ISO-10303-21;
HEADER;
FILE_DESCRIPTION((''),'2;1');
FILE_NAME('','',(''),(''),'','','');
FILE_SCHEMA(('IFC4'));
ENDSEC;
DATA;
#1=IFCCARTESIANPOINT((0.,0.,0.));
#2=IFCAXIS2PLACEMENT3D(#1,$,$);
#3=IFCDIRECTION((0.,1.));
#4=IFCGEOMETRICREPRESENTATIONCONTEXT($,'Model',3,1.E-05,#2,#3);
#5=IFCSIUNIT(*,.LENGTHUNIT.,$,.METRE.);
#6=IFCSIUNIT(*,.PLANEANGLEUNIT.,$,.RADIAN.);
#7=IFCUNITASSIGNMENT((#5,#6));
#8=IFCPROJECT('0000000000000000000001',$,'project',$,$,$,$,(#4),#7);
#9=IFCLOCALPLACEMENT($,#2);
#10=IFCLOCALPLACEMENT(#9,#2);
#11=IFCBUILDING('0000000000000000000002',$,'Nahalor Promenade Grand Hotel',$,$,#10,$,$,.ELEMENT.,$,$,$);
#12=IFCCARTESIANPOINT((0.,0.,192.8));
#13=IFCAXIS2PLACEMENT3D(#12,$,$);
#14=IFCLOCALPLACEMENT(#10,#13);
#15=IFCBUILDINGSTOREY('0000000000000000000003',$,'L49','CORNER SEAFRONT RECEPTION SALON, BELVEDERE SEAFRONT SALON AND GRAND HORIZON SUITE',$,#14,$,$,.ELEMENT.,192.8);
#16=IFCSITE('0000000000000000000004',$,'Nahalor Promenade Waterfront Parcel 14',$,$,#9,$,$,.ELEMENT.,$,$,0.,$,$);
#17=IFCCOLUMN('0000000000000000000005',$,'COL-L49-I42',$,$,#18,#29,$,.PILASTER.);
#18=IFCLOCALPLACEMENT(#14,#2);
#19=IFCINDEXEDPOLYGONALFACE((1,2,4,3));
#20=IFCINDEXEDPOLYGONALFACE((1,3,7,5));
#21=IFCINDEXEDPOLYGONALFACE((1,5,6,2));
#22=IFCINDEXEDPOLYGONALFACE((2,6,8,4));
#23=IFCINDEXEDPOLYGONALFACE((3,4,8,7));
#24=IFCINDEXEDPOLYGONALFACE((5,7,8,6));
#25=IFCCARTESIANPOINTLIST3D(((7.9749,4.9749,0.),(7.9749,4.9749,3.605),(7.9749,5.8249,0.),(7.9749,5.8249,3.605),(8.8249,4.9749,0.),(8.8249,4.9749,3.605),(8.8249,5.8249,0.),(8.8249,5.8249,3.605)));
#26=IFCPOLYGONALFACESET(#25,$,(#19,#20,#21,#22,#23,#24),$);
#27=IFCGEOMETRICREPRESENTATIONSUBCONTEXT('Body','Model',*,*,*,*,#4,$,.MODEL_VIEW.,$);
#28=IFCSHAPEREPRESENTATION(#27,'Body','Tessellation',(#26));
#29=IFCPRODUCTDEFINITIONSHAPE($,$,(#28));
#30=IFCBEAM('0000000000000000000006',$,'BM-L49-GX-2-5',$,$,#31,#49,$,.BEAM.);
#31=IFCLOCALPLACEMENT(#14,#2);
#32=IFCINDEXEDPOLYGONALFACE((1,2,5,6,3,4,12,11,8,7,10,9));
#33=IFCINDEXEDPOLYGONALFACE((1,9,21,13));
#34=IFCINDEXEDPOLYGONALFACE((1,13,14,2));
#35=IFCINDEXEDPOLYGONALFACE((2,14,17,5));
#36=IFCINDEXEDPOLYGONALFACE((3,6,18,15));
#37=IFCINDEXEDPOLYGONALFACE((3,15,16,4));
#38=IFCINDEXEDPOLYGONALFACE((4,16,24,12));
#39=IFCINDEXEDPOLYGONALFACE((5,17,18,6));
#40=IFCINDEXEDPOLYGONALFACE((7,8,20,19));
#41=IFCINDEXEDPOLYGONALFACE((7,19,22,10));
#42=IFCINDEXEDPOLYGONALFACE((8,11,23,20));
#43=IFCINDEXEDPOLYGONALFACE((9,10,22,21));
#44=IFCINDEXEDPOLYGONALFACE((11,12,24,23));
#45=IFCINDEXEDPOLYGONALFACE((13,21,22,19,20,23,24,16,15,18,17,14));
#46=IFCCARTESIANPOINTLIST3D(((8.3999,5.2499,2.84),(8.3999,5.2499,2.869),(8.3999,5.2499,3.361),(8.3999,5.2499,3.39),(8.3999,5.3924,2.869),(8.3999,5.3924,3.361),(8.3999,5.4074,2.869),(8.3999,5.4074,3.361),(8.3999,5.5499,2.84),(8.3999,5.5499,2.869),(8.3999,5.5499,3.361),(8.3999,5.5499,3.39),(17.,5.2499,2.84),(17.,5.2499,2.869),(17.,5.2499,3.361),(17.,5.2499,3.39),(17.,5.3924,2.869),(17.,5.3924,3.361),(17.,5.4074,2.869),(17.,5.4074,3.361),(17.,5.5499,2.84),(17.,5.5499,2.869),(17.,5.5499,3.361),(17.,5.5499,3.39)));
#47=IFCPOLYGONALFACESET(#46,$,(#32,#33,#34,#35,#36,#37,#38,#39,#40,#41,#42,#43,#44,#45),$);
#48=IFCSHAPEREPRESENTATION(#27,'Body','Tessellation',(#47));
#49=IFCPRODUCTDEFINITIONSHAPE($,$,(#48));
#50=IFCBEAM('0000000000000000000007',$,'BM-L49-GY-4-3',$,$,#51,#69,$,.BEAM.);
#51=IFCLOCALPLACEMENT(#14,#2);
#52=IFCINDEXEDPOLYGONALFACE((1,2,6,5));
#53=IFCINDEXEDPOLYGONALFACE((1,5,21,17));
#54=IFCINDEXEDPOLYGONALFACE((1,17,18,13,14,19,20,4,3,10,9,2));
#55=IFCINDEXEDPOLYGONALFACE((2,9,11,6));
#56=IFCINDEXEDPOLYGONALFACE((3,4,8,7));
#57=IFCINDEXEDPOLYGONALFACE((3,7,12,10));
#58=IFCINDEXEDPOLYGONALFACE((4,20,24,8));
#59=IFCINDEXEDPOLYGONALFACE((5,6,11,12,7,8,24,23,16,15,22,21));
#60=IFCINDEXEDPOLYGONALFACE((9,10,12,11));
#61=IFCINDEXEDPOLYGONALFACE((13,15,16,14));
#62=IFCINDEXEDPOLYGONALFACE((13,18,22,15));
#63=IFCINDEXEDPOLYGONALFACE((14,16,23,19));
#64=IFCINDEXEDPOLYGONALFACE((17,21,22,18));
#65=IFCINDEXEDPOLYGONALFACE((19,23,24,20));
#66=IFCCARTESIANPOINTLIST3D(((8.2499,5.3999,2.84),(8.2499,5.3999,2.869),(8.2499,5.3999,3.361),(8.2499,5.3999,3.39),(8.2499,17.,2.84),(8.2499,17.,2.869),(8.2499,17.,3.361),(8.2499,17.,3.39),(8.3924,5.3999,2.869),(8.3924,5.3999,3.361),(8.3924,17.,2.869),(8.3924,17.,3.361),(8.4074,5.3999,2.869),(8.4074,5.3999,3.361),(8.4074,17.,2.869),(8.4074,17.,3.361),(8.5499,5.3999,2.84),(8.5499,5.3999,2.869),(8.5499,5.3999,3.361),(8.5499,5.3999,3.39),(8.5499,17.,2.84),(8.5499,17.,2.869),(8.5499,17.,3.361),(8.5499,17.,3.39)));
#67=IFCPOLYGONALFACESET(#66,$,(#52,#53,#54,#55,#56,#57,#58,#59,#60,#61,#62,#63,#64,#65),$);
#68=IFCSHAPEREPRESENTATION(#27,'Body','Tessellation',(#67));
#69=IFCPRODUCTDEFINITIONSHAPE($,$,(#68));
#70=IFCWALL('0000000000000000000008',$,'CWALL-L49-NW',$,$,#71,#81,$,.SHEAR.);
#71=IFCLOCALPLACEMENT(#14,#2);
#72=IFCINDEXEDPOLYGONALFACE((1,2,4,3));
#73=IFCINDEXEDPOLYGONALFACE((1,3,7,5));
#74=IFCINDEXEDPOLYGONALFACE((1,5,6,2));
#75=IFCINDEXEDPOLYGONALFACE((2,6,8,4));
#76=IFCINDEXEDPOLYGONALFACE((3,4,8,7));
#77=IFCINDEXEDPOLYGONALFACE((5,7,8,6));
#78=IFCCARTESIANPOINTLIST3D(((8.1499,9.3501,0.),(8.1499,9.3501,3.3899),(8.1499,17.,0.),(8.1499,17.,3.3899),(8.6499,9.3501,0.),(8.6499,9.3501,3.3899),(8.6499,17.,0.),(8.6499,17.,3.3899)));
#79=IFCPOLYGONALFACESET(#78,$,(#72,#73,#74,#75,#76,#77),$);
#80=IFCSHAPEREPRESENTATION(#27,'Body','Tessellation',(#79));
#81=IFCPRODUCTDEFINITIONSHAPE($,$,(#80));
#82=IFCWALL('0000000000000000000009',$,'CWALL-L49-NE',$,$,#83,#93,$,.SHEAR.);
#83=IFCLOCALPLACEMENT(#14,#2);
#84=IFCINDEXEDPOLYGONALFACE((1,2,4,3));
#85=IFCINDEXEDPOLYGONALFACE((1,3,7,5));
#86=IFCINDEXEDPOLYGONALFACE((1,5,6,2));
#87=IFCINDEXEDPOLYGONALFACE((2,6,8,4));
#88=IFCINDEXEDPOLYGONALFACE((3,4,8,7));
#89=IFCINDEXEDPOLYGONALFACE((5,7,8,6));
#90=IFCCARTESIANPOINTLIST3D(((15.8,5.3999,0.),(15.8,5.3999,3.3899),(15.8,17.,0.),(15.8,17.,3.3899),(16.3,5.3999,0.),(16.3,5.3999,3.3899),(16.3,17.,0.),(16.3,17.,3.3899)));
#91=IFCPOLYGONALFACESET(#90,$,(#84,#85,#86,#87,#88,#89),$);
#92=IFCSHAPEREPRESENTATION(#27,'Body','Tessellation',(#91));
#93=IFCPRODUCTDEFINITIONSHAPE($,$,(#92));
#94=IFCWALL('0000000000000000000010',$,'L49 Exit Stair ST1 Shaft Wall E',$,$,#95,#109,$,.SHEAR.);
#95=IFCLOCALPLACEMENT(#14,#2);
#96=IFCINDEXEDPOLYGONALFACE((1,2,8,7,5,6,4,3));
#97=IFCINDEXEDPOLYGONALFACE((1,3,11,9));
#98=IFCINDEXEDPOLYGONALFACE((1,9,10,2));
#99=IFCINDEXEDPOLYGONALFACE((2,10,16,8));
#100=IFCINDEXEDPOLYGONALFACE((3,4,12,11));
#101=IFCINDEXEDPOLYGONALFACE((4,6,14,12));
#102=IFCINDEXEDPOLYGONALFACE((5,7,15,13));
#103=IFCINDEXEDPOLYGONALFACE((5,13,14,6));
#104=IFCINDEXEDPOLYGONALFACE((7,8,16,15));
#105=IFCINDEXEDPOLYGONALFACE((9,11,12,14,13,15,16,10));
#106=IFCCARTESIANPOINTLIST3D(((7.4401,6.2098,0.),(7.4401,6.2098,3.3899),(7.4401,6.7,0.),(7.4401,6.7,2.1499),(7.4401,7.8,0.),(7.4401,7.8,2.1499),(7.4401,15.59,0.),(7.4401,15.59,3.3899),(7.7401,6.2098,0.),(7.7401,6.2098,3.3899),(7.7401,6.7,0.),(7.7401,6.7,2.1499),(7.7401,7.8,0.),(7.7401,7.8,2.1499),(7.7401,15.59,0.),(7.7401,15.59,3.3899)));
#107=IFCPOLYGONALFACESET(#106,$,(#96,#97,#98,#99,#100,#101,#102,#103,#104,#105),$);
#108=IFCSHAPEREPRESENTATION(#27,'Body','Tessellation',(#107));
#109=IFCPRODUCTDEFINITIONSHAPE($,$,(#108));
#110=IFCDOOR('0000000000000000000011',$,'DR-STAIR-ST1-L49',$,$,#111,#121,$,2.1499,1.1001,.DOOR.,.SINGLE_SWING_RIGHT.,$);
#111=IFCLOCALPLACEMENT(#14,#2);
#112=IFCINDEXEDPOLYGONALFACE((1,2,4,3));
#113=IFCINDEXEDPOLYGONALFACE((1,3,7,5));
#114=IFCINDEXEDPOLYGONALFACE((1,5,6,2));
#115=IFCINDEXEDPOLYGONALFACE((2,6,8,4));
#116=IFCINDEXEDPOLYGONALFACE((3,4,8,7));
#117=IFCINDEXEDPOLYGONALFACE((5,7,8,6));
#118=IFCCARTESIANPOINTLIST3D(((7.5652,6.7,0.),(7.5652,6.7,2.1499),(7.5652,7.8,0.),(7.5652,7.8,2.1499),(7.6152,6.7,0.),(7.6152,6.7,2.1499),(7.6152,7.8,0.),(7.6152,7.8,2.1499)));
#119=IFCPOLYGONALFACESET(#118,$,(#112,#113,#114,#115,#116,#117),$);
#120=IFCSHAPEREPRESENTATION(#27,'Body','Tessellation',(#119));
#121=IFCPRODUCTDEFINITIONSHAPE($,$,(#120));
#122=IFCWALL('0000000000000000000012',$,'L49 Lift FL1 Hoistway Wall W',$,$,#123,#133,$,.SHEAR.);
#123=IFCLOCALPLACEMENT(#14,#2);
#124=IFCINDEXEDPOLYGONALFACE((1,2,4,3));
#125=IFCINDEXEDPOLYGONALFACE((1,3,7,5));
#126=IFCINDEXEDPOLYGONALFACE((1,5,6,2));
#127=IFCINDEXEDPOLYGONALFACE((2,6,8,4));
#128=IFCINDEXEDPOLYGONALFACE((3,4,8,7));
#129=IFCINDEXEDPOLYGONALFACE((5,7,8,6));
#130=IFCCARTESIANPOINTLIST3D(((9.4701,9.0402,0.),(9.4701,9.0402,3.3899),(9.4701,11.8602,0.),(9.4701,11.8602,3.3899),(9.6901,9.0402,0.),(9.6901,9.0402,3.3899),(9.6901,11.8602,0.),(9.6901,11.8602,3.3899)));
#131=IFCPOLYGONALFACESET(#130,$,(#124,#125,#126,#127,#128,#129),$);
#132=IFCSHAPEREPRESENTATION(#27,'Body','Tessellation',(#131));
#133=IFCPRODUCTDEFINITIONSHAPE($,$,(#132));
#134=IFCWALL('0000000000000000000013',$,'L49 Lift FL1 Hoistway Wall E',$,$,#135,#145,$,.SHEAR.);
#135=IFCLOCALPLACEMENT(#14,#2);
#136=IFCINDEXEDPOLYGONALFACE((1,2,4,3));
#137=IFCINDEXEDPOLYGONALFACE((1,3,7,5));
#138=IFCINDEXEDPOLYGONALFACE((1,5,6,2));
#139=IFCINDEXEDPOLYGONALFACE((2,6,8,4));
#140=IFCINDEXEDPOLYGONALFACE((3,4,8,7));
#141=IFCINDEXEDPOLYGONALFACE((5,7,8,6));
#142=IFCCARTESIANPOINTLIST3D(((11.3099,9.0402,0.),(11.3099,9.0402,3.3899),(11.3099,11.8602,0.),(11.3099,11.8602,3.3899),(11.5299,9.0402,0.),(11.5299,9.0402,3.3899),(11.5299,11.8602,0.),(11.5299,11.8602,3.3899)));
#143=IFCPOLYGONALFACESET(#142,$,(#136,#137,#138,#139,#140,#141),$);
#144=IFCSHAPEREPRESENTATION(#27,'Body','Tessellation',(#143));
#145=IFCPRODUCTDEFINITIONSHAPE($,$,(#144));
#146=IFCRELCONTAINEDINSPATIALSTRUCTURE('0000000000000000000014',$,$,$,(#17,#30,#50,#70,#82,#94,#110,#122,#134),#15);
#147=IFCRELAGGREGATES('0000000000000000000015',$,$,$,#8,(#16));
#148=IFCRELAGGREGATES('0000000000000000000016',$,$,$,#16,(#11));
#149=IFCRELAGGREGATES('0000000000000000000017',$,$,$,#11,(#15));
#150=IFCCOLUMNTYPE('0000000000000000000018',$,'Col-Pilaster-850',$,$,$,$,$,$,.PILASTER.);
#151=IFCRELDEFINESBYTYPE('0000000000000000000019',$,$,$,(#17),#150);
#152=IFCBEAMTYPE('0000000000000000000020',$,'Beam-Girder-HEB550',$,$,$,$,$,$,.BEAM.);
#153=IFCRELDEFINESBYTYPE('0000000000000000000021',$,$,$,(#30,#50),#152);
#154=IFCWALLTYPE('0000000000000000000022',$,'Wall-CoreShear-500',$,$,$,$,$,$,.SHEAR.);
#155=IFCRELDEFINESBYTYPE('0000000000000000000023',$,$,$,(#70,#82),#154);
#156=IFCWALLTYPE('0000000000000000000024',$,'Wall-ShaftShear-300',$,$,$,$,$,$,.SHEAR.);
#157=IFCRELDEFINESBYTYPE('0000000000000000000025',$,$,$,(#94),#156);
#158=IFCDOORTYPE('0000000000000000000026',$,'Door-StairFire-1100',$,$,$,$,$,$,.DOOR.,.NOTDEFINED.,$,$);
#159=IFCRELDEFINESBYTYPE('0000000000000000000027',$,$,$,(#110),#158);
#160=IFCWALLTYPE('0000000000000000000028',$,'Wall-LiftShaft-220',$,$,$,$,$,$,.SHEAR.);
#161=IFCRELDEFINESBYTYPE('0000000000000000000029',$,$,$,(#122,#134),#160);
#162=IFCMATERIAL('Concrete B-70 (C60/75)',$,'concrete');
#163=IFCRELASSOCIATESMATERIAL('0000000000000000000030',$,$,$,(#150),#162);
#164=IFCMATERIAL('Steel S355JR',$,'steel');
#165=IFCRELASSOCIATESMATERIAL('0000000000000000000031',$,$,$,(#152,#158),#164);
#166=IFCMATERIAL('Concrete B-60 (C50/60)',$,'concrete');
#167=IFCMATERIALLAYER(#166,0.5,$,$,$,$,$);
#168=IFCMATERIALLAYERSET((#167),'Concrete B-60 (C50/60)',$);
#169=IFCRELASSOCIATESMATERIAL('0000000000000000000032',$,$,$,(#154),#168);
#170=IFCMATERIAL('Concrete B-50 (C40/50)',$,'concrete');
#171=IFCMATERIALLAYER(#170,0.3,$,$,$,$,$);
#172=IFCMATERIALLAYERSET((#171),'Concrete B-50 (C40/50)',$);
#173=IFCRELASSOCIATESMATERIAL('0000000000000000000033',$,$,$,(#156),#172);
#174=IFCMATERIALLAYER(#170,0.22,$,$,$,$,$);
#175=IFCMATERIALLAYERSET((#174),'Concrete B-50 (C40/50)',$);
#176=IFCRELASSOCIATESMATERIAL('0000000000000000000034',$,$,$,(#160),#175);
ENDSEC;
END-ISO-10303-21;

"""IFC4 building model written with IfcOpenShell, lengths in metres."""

from ifc_helpers import new_model, si_unit, direction, frame, frame_2d, origin, origin_2d, place, context, subcontext, project, spatial, rectangle, i_section, extrude, source, transform, mapped, material, layer, layer_set, material_profile, profile_set, type_object, element, fill, save


model = new_model("IFC4")

# Units and contexts
model_context = context("Model", 3, precision=1e-05, world=origin(), true_north=direction((0.0, 1.0)))
body_context = subcontext(model_context, "Body", "Model", "MODEL_VIEW")
ifc_project = project(units=[si_unit("LENGTHUNIT", "METRE"), si_unit("PLANEANGLEUNIT", "RADIAN")], contexts=[model_context])

# Site, building, storey
site_placement = place(None, origin())
site = spatial("IfcSite", under=ifc_project, at=site_placement, Name="Nahalor Promenade Waterfront Parcel 14", CompositionType="ELEMENT", RefElevation=0.0)
building_placement = place(site_placement, origin())
building = spatial("IfcBuilding", under=site, at=building_placement, Name="Nahalor Promenade Grand Hotel", CompositionType="ELEMENT")
storey_placement = place(building_placement, frame((0.0, 0.0, 192.8)))
storey = spatial("IfcBuildingStorey", under=building, at=storey_placement, Name="L49", Description="CORNER SEAFRONT RECEPTION SALON, BELVEDERE SEAFRONT SALON AND GRAND HORIZON SUITE", CompositionType="ELEMENT", Elevation=192.8)

# Column
ifc_material_1 = material(Name="Concrete B-70 (C60/75)", Category="concrete")
ifc_material_profile_1 = material_profile(ifc_material_1, rectangle(XDim=0.85, YDim=0.85, at=origin_2d()), Name="RC 850x850")
ifc_profile_set_1 = profile_set([ifc_material_profile_1], Name="Concrete B-70 (C60/75)")
column_type = type_object("IfcColumnType", Name="Col-Pilaster-850", PredefinedType="PILASTER", material=ifc_profile_set_1)
shared_shape_1 = source(origin(), body_context, "Body", "SweptSolid", [
    extrude(rectangle(XDim=0.85, YDim=0.85, at=origin_2d()), origin(), (0.0, 0.0, 1.0), 3.605),
])
column_placement = place(storey_placement, frame((8.3999, 5.3999, 0.0), z_axis=(0.0, 0.0, 1.0), x_axis=(1.0, 0.0, 0.0)))
element("IfcColumn", 1, at=column_placement, inside=storey, type_object=column_type, Name="COL-L49-I42", PredefinedType="PILASTER", context=body_context, shape_type="MappedRepresentation", body=[
    mapped(shared_shape_1, transform((0.0, 0.0, 0.0), scale=1.0)),
])

# Beams
ifc_material_2 = material(Name="Steel S355JR", Category="steel")
ifc_material_profile_2 = material_profile(ifc_material_2, i_section(OverallWidth=0.3, OverallDepth=0.55, WebThickness=0.015, FlangeThickness=0.029, at=origin_2d()), Name="HEB 550")
ifc_profile_set_2 = profile_set([ifc_material_profile_2], Name="Steel S355JR")
beam_type = type_object("IfcBeamType", Name="Beam-Girder-HEB550", PredefinedType="BEAM", material=ifc_profile_set_2)
shared_shape_2 = source(origin(), body_context, "Body", "SweptSolid", [
    extrude(i_section(OverallWidth=0.3, OverallDepth=0.55, WebThickness=0.015, FlangeThickness=0.029, at=origin_2d()), origin(), (0.0, 0.0, 1.0), 8.6001),
])
beam_1_placement = place(storey_placement, frame((8.3999, 5.3999, 3.115), z_axis=(1.0, 0.0, 0.0), x_axis=(0.0, 1.0, 0.0)))
element("IfcBeam", 2, at=beam_1_placement, inside=storey, type_object=beam_type, Name="BM-L49-GX-2-5", PredefinedType="BEAM", context=body_context, shape_type="MappedRepresentation", body=[
    mapped(shared_shape_2, transform((0.0, 0.0, 0.0), scale=1.0)),
])
shared_shape_3 = source(origin(), body_context, "Body", "SweptSolid", [
    extrude(i_section(OverallWidth=0.3, OverallDepth=0.55, WebThickness=0.015, FlangeThickness=0.029, at=origin_2d()), origin(), (0.0, 0.0, 1.0), 11.6001),
])
beam_2_placement = place(storey_placement, frame((8.3999, 5.3999, 3.115), z_axis=(0.0, 1.0, 0.0), x_axis=(-1.0, 0.0, 0.0)))
element("IfcBeam", 3, at=beam_2_placement, inside=storey, type_object=beam_type, Name="BM-L49-GY-4-3", PredefinedType="BEAM", context=body_context, shape_type="MappedRepresentation", body=[
    mapped(shared_shape_3, transform((0.0, 0.0, 0.0), scale=1.0)),
])

# Walls
ifc_material_3 = material(Name="Concrete B-60 (C50/60)", Category="concrete")
ifc_layer_1 = layer(ifc_material_3, 0.5)
ifc_layer_set_1 = layer_set([ifc_layer_1], Name="Concrete B-60 (C50/60)")
wall_type_1 = type_object("IfcWallType", Name="Wall-CoreShear-500", PredefinedType="SHEAR", material=ifc_layer_set_1)
shared_shape_4 = source(origin(), body_context, "Body", "SweptSolid", [
    extrude(rectangle(XDim=7.6499, YDim=0.5, at=frame_2d((3.825, 0.0))), origin(), (0.0, 0.0, 1.0), 3.3899),
])
wall_1_placement = place(storey_placement, frame((8.3999, 9.3501, 0.0), z_axis=(0.0, 0.0, 1.0), x_axis=(0.0, 1.0, 0.0)))
element("IfcWall", 4, at=wall_1_placement, inside=storey, type_object=wall_type_1, Name="CWALL-L49-NW", PredefinedType="SHEAR", context=body_context, shape_type="MappedRepresentation", body=[
    mapped(shared_shape_4, transform((0.0, 0.0, 0.0), scale=1.0)),
])
shared_shape_5 = source(origin(), body_context, "Body", "SweptSolid", [
    extrude(rectangle(XDim=11.6001, YDim=0.5, at=frame_2d((5.8, 0.0))), origin(), (0.0, 0.0, 1.0), 3.3899),
])
wall_2_placement = place(storey_placement, frame((16.05, 5.3999, 0.0), z_axis=(0.0, 0.0, 1.0), x_axis=(0.0, 1.0, 0.0)))
element("IfcWall", 5, at=wall_2_placement, inside=storey, type_object=wall_type_1, Name="CWALL-L49-NE", PredefinedType="SHEAR", context=body_context, shape_type="MappedRepresentation", body=[
    mapped(shared_shape_5, transform((0.0, 0.0, 0.0), scale=1.0)),
])

# Wall, opening, door
ifc_material_4 = material(Name="Concrete B-50 (C40/50)", Category="concrete")
ifc_layer_2 = layer(ifc_material_4, 0.3)
ifc_layer_set_2 = layer_set([ifc_layer_2], Name="Concrete B-50 (C40/50)")
wall_type_2 = type_object("IfcWallType", Name="Wall-ShaftShear-300", PredefinedType="SHEAR", material=ifc_layer_set_2)
shared_shape_6 = source(origin(), body_context, "Body", "SweptSolid", [
    extrude(rectangle(XDim=9.3801, YDim=0.3, at=frame_2d((4.6899, 0.0))), origin(), (0.0, 0.0, 1.0), 3.3899),
])
wall_3_placement = place(storey_placement, frame((7.5901, 6.21, 0.0), z_axis=(0.0, 0.0, 1.0), x_axis=(0.0, 1.0, 0.0)))
wall_3 = element("IfcWall", 6, at=wall_3_placement, inside=storey, type_object=wall_type_2, Name="L49 Exit Stair ST1 Shaft Wall E", PredefinedType="SHEAR", context=body_context, shape_type="MappedRepresentation", body=[
    mapped(shared_shape_6, transform((0.0, 0.0, 0.0), scale=1.0)),
])
opening_1_placement = place(wall_3_placement, frame((0.49, 0.0, 0.0)))
opening_1 = element("IfcOpeningElement", 7, at=opening_1_placement, cuts=wall_3, PredefinedType="OPENING", context=body_context, shape_type="SweptSolid", body=[
    extrude(rectangle(XDim=1.1001, YDim=2.1499, at=frame_2d((0.55, 1.075))), frame((0.0, 0.1599, 0.0), z_axis=(0.0, -1.0, 0.0), x_axis=(1.0, 0.0, 0.0)), (0.0, 0.0, 1.0), 0.3201),
])
door_type_1 = type_object("IfcDoorType", Name="Door-StairFire-1100", OperationType="NOTDEFINED", PredefinedType="DOOR", material=ifc_material_2)
shared_shape_7 = source(origin(), body_context, "Body", "SweptSolid", [
    extrude(rectangle(XDim=1.1001, YDim=2.1499, at=frame_2d((0.55, 1.075))), frame((0.0, 0.0249, 0.0), z_axis=(0.0, -1.0, 0.0), x_axis=(1.0, 0.0, 0.0)), (0.0, 0.0, 1.0), 0.05),
])
door_1_placement = place(opening_1_placement, origin())
door_1 = element("IfcDoor", 8, at=door_1_placement, inside=storey, type_object=door_type_1, Name="DR-STAIR-ST1-L49", OperationType="SINGLE_SWING_RIGHT", OverallHeight=2.1499, OverallWidth=1.1001, PredefinedType="DOOR", context=body_context, shape_type="MappedRepresentation", body=[
    mapped(shared_shape_7, transform((0.0, 0.0, 0.0), scale=1.0)),
])
fill(opening_1, door_1)

# Walls
ifc_layer_3 = layer(ifc_material_4, 0.22)
ifc_layer_set_3 = layer_set([ifc_layer_3], Name="Concrete B-50 (C40/50)")
wall_type_3 = type_object("IfcWallType", Name="Wall-LiftShaft-220", PredefinedType="SHEAR", material=ifc_layer_set_3)
shared_shape_8 = source(origin(), body_context, "Body", "SweptSolid", [
    extrude(rectangle(XDim=2.8201, YDim=0.22, at=frame_2d((1.4102, 0.0))), origin(), (0.0, 0.0, 1.0), 3.3899),
])
for number, where, z_axis, x_axis, name in (
    (9, (9.5801, 9.04, 0.0), (0.0, 0.0, 1.0), (0.0, 1.0, 0.0), "L49 Lift FL1 Hoistway Wall W"),
    (10, (11.4199, 9.04, 0.0), (0.0, 0.0, 1.0), (0.0, 1.0, 0.0), "L49 Lift FL1 Hoistway Wall E"),
):
    element("IfcWall", number, at=place(storey_placement, frame(where, z_axis=z_axis, x_axis=x_axis)), inside=storey, type_object=wall_type_3, Name=name, PredefinedType="SHEAR", context=body_context, shape_type="MappedRepresentation", body=[
        mapped(shared_shape_8, transform((0.0, 0.0, 0.0), scale=1.0)),
    ])

save(model, "model.ifc")
